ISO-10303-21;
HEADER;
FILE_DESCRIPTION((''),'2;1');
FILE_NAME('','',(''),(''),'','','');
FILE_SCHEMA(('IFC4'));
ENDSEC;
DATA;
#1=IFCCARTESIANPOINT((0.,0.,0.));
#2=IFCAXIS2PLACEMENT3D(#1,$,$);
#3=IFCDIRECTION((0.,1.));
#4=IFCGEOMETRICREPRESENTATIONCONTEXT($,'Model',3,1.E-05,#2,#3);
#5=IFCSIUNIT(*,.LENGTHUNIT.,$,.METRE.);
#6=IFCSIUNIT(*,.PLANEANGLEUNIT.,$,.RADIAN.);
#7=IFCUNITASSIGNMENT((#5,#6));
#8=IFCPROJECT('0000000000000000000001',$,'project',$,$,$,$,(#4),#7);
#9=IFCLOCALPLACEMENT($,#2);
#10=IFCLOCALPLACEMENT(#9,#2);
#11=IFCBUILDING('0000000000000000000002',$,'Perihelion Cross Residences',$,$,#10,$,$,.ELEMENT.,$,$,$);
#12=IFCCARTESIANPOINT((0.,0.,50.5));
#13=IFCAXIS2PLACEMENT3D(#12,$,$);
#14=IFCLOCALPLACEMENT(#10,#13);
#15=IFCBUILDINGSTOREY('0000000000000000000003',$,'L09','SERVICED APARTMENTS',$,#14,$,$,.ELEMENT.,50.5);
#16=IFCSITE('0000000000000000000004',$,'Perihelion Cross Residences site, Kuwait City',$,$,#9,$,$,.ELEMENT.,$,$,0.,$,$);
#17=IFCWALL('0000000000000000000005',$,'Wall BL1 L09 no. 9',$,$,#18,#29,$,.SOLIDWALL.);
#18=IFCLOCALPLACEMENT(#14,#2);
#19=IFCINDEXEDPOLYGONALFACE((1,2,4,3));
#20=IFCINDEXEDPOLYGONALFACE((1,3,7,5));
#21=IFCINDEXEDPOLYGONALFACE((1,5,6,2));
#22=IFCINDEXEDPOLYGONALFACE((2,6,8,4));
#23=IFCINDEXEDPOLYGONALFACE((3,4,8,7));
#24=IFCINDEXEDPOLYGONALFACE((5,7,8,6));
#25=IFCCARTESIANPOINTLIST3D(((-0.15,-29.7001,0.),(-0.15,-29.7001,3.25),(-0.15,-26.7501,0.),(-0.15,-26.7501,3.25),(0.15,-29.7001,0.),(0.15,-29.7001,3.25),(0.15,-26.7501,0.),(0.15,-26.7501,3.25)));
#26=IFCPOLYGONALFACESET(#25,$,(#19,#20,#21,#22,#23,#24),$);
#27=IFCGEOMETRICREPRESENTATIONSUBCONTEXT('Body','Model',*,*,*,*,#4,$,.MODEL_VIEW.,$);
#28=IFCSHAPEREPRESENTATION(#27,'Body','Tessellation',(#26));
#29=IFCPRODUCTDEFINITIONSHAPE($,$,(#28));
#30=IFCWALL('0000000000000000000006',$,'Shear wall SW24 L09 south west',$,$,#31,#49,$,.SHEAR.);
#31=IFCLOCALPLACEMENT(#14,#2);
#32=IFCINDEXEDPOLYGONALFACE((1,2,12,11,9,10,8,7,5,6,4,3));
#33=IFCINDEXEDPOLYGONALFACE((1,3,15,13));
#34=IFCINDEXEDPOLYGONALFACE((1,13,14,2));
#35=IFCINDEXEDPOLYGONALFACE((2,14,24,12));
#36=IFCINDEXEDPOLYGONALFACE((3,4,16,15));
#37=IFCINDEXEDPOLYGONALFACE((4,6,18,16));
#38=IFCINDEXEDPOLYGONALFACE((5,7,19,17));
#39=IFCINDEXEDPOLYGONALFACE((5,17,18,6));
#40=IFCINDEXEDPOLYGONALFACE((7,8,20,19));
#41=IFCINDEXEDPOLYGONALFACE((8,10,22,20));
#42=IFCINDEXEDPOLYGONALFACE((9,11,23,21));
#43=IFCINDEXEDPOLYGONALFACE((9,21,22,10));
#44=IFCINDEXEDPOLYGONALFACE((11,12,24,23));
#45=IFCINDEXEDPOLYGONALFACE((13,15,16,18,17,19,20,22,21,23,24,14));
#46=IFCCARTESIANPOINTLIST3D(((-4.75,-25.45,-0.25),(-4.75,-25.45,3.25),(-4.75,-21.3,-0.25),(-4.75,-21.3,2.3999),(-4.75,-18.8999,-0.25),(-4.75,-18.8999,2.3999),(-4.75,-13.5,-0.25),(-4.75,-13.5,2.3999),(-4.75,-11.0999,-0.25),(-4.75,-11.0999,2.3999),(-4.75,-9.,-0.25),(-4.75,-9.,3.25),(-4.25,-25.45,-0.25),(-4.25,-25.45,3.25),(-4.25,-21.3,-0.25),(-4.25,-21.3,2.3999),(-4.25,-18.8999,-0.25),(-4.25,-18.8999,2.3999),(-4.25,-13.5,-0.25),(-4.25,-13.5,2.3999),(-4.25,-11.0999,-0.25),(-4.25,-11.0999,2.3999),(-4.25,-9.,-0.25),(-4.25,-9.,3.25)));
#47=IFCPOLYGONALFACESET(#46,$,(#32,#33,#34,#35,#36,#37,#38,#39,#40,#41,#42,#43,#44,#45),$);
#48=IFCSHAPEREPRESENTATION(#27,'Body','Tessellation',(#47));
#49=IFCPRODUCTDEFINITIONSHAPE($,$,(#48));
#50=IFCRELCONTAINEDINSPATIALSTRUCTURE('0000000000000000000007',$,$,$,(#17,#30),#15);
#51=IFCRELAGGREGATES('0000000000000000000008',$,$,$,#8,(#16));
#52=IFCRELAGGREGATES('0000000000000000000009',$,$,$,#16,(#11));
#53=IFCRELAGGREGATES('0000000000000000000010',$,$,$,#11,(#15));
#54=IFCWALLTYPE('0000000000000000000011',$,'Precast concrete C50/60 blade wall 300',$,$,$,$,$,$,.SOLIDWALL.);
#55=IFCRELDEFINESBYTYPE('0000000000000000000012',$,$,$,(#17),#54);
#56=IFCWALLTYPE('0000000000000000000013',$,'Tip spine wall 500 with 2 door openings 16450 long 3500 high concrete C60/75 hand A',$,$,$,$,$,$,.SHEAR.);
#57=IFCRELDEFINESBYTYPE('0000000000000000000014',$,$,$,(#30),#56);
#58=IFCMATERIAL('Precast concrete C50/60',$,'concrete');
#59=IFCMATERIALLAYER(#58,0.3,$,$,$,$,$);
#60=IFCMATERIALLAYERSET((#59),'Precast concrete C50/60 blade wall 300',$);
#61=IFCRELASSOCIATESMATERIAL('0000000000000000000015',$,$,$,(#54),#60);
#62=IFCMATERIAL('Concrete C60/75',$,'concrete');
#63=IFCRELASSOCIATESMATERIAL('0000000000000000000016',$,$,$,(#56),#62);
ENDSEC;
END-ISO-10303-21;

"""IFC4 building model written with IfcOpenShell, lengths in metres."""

from ifc_helpers import new_model, si_unit, direction, frame, frame_2d, origin, place, context, subcontext, project, spatial, polyline, rectangle, outline, extrude, material, layer, layer_set, material_profile, profile_set, type_object, element, save


model = new_model("IFC4")

# Units and contexts
model_context = context("Model", 3, precision=1e-05, world=origin(), true_north=direction((0.0, 1.0)))
body_context = subcontext(model_context, "Body", "Model", "MODEL_VIEW")
ifc_project = project(units=[si_unit("LENGTHUNIT", "METRE"), si_unit("PLANEANGLEUNIT", "RADIAN")], contexts=[model_context])

# Site, building, storey
site_placement = place(None, origin())
site = spatial("IfcSite", under=ifc_project, at=site_placement, Name="Perihelion Cross Residences site, Kuwait City", CompositionType="ELEMENT", RefElevation=0.0)
building_placement = place(site_placement, origin())
building = spatial("IfcBuilding", under=site, at=building_placement, Name="Perihelion Cross Residences", CompositionType="ELEMENT")
storey_placement = place(building_placement, frame((0.0, 0.0, 50.5)))
storey = spatial("IfcBuildingStorey", under=building, at=storey_placement, Name="L09", Description="SERVICED APARTMENTS", CompositionType="ELEMENT", Elevation=50.5)

# Walls
ifc_material_1 = material(Name="Precast concrete C50/60", Category="concrete")
ifc_layer_1 = layer(ifc_material_1, 0.3)
ifc_layer_set_1 = layer_set([ifc_layer_1], Name="Precast concrete C50/60 blade wall 300")
wall_type_1 = type_object("IfcWallType", Name="Precast concrete C50/60 blade wall 300", PredefinedType="SOLIDWALL", material=ifc_layer_set_1)
wall_1_placement = place(storey_placement, frame((0.0, -26.75, 0.0), z_axis=(0.0, 0.0, 1.0), x_axis=(0.0, -1.0, 0.0)))
element("IfcWall", 1, at=wall_1_placement, inside=storey, type_object=wall_type_1, Name="Wall BL1 L09 no. 9", PredefinedType="SOLIDWALL", context=body_context, shape_type="SweptSolid", body=[
    extrude(rectangle(XDim=2.95, YDim=0.3, at=frame_2d((1.4751, 0.0))), origin(), (0.0, 0.0, 1.0), 3.25),
])
ifc_material_2 = material(Name="Concrete C60/75", Category="concrete")
ifc_material_profile_1 = material_profile(ifc_material_2, outline(polyline([(0.0, 0.0), (4.1499, 0.0), (4.1499, 2.6499), (6.55, 2.6499), (6.55, 0.0), (11.95, 0.0), (11.95, 2.6499), (14.3501, 2.6499), (14.3501, 0.0), (16.45, 0.0), (16.45, 3.5), (0.0, 3.5), (0.0, 0.0)])), Name="Tip spine wall")
ifc_profile_set_1 = profile_set([ifc_material_profile_1], Name="Concrete C60/75")
wall_type_2 = type_object("IfcWallType", Name="Tip spine wall 500 with 2 door openings 16450 long 3500 high concrete C60/75 hand A", PredefinedType="SHEAR", material=ifc_profile_set_1)
wall_2_placement = place(storey_placement, frame((-4.75, -25.45, -0.25), z_axis=(1.0, 0.0, 0.0), x_axis=(0.0, 1.0, 0.0)))
element("IfcWall", 2, at=wall_2_placement, inside=storey, type_object=wall_type_2, Name="Shear wall SW24 L09 south west", PredefinedType="SHEAR", context=body_context, shape_type="SweptSolid", body=[
    extrude(outline(polyline([(0.0, 0.0), (4.1499, 0.0), (4.1499, 2.6499), (6.55, 2.6499), (6.55, 0.0), (11.95, 0.0), (11.95, 2.6499), (14.3501, 2.6499), (14.3501, 0.0), (16.45, 0.0), (16.45, 3.5), (0.0, 3.5), (0.0, 0.0)])), origin(), (0.0, 0.0, 1.0), 0.5),
])

save(model, "model.ifc")
